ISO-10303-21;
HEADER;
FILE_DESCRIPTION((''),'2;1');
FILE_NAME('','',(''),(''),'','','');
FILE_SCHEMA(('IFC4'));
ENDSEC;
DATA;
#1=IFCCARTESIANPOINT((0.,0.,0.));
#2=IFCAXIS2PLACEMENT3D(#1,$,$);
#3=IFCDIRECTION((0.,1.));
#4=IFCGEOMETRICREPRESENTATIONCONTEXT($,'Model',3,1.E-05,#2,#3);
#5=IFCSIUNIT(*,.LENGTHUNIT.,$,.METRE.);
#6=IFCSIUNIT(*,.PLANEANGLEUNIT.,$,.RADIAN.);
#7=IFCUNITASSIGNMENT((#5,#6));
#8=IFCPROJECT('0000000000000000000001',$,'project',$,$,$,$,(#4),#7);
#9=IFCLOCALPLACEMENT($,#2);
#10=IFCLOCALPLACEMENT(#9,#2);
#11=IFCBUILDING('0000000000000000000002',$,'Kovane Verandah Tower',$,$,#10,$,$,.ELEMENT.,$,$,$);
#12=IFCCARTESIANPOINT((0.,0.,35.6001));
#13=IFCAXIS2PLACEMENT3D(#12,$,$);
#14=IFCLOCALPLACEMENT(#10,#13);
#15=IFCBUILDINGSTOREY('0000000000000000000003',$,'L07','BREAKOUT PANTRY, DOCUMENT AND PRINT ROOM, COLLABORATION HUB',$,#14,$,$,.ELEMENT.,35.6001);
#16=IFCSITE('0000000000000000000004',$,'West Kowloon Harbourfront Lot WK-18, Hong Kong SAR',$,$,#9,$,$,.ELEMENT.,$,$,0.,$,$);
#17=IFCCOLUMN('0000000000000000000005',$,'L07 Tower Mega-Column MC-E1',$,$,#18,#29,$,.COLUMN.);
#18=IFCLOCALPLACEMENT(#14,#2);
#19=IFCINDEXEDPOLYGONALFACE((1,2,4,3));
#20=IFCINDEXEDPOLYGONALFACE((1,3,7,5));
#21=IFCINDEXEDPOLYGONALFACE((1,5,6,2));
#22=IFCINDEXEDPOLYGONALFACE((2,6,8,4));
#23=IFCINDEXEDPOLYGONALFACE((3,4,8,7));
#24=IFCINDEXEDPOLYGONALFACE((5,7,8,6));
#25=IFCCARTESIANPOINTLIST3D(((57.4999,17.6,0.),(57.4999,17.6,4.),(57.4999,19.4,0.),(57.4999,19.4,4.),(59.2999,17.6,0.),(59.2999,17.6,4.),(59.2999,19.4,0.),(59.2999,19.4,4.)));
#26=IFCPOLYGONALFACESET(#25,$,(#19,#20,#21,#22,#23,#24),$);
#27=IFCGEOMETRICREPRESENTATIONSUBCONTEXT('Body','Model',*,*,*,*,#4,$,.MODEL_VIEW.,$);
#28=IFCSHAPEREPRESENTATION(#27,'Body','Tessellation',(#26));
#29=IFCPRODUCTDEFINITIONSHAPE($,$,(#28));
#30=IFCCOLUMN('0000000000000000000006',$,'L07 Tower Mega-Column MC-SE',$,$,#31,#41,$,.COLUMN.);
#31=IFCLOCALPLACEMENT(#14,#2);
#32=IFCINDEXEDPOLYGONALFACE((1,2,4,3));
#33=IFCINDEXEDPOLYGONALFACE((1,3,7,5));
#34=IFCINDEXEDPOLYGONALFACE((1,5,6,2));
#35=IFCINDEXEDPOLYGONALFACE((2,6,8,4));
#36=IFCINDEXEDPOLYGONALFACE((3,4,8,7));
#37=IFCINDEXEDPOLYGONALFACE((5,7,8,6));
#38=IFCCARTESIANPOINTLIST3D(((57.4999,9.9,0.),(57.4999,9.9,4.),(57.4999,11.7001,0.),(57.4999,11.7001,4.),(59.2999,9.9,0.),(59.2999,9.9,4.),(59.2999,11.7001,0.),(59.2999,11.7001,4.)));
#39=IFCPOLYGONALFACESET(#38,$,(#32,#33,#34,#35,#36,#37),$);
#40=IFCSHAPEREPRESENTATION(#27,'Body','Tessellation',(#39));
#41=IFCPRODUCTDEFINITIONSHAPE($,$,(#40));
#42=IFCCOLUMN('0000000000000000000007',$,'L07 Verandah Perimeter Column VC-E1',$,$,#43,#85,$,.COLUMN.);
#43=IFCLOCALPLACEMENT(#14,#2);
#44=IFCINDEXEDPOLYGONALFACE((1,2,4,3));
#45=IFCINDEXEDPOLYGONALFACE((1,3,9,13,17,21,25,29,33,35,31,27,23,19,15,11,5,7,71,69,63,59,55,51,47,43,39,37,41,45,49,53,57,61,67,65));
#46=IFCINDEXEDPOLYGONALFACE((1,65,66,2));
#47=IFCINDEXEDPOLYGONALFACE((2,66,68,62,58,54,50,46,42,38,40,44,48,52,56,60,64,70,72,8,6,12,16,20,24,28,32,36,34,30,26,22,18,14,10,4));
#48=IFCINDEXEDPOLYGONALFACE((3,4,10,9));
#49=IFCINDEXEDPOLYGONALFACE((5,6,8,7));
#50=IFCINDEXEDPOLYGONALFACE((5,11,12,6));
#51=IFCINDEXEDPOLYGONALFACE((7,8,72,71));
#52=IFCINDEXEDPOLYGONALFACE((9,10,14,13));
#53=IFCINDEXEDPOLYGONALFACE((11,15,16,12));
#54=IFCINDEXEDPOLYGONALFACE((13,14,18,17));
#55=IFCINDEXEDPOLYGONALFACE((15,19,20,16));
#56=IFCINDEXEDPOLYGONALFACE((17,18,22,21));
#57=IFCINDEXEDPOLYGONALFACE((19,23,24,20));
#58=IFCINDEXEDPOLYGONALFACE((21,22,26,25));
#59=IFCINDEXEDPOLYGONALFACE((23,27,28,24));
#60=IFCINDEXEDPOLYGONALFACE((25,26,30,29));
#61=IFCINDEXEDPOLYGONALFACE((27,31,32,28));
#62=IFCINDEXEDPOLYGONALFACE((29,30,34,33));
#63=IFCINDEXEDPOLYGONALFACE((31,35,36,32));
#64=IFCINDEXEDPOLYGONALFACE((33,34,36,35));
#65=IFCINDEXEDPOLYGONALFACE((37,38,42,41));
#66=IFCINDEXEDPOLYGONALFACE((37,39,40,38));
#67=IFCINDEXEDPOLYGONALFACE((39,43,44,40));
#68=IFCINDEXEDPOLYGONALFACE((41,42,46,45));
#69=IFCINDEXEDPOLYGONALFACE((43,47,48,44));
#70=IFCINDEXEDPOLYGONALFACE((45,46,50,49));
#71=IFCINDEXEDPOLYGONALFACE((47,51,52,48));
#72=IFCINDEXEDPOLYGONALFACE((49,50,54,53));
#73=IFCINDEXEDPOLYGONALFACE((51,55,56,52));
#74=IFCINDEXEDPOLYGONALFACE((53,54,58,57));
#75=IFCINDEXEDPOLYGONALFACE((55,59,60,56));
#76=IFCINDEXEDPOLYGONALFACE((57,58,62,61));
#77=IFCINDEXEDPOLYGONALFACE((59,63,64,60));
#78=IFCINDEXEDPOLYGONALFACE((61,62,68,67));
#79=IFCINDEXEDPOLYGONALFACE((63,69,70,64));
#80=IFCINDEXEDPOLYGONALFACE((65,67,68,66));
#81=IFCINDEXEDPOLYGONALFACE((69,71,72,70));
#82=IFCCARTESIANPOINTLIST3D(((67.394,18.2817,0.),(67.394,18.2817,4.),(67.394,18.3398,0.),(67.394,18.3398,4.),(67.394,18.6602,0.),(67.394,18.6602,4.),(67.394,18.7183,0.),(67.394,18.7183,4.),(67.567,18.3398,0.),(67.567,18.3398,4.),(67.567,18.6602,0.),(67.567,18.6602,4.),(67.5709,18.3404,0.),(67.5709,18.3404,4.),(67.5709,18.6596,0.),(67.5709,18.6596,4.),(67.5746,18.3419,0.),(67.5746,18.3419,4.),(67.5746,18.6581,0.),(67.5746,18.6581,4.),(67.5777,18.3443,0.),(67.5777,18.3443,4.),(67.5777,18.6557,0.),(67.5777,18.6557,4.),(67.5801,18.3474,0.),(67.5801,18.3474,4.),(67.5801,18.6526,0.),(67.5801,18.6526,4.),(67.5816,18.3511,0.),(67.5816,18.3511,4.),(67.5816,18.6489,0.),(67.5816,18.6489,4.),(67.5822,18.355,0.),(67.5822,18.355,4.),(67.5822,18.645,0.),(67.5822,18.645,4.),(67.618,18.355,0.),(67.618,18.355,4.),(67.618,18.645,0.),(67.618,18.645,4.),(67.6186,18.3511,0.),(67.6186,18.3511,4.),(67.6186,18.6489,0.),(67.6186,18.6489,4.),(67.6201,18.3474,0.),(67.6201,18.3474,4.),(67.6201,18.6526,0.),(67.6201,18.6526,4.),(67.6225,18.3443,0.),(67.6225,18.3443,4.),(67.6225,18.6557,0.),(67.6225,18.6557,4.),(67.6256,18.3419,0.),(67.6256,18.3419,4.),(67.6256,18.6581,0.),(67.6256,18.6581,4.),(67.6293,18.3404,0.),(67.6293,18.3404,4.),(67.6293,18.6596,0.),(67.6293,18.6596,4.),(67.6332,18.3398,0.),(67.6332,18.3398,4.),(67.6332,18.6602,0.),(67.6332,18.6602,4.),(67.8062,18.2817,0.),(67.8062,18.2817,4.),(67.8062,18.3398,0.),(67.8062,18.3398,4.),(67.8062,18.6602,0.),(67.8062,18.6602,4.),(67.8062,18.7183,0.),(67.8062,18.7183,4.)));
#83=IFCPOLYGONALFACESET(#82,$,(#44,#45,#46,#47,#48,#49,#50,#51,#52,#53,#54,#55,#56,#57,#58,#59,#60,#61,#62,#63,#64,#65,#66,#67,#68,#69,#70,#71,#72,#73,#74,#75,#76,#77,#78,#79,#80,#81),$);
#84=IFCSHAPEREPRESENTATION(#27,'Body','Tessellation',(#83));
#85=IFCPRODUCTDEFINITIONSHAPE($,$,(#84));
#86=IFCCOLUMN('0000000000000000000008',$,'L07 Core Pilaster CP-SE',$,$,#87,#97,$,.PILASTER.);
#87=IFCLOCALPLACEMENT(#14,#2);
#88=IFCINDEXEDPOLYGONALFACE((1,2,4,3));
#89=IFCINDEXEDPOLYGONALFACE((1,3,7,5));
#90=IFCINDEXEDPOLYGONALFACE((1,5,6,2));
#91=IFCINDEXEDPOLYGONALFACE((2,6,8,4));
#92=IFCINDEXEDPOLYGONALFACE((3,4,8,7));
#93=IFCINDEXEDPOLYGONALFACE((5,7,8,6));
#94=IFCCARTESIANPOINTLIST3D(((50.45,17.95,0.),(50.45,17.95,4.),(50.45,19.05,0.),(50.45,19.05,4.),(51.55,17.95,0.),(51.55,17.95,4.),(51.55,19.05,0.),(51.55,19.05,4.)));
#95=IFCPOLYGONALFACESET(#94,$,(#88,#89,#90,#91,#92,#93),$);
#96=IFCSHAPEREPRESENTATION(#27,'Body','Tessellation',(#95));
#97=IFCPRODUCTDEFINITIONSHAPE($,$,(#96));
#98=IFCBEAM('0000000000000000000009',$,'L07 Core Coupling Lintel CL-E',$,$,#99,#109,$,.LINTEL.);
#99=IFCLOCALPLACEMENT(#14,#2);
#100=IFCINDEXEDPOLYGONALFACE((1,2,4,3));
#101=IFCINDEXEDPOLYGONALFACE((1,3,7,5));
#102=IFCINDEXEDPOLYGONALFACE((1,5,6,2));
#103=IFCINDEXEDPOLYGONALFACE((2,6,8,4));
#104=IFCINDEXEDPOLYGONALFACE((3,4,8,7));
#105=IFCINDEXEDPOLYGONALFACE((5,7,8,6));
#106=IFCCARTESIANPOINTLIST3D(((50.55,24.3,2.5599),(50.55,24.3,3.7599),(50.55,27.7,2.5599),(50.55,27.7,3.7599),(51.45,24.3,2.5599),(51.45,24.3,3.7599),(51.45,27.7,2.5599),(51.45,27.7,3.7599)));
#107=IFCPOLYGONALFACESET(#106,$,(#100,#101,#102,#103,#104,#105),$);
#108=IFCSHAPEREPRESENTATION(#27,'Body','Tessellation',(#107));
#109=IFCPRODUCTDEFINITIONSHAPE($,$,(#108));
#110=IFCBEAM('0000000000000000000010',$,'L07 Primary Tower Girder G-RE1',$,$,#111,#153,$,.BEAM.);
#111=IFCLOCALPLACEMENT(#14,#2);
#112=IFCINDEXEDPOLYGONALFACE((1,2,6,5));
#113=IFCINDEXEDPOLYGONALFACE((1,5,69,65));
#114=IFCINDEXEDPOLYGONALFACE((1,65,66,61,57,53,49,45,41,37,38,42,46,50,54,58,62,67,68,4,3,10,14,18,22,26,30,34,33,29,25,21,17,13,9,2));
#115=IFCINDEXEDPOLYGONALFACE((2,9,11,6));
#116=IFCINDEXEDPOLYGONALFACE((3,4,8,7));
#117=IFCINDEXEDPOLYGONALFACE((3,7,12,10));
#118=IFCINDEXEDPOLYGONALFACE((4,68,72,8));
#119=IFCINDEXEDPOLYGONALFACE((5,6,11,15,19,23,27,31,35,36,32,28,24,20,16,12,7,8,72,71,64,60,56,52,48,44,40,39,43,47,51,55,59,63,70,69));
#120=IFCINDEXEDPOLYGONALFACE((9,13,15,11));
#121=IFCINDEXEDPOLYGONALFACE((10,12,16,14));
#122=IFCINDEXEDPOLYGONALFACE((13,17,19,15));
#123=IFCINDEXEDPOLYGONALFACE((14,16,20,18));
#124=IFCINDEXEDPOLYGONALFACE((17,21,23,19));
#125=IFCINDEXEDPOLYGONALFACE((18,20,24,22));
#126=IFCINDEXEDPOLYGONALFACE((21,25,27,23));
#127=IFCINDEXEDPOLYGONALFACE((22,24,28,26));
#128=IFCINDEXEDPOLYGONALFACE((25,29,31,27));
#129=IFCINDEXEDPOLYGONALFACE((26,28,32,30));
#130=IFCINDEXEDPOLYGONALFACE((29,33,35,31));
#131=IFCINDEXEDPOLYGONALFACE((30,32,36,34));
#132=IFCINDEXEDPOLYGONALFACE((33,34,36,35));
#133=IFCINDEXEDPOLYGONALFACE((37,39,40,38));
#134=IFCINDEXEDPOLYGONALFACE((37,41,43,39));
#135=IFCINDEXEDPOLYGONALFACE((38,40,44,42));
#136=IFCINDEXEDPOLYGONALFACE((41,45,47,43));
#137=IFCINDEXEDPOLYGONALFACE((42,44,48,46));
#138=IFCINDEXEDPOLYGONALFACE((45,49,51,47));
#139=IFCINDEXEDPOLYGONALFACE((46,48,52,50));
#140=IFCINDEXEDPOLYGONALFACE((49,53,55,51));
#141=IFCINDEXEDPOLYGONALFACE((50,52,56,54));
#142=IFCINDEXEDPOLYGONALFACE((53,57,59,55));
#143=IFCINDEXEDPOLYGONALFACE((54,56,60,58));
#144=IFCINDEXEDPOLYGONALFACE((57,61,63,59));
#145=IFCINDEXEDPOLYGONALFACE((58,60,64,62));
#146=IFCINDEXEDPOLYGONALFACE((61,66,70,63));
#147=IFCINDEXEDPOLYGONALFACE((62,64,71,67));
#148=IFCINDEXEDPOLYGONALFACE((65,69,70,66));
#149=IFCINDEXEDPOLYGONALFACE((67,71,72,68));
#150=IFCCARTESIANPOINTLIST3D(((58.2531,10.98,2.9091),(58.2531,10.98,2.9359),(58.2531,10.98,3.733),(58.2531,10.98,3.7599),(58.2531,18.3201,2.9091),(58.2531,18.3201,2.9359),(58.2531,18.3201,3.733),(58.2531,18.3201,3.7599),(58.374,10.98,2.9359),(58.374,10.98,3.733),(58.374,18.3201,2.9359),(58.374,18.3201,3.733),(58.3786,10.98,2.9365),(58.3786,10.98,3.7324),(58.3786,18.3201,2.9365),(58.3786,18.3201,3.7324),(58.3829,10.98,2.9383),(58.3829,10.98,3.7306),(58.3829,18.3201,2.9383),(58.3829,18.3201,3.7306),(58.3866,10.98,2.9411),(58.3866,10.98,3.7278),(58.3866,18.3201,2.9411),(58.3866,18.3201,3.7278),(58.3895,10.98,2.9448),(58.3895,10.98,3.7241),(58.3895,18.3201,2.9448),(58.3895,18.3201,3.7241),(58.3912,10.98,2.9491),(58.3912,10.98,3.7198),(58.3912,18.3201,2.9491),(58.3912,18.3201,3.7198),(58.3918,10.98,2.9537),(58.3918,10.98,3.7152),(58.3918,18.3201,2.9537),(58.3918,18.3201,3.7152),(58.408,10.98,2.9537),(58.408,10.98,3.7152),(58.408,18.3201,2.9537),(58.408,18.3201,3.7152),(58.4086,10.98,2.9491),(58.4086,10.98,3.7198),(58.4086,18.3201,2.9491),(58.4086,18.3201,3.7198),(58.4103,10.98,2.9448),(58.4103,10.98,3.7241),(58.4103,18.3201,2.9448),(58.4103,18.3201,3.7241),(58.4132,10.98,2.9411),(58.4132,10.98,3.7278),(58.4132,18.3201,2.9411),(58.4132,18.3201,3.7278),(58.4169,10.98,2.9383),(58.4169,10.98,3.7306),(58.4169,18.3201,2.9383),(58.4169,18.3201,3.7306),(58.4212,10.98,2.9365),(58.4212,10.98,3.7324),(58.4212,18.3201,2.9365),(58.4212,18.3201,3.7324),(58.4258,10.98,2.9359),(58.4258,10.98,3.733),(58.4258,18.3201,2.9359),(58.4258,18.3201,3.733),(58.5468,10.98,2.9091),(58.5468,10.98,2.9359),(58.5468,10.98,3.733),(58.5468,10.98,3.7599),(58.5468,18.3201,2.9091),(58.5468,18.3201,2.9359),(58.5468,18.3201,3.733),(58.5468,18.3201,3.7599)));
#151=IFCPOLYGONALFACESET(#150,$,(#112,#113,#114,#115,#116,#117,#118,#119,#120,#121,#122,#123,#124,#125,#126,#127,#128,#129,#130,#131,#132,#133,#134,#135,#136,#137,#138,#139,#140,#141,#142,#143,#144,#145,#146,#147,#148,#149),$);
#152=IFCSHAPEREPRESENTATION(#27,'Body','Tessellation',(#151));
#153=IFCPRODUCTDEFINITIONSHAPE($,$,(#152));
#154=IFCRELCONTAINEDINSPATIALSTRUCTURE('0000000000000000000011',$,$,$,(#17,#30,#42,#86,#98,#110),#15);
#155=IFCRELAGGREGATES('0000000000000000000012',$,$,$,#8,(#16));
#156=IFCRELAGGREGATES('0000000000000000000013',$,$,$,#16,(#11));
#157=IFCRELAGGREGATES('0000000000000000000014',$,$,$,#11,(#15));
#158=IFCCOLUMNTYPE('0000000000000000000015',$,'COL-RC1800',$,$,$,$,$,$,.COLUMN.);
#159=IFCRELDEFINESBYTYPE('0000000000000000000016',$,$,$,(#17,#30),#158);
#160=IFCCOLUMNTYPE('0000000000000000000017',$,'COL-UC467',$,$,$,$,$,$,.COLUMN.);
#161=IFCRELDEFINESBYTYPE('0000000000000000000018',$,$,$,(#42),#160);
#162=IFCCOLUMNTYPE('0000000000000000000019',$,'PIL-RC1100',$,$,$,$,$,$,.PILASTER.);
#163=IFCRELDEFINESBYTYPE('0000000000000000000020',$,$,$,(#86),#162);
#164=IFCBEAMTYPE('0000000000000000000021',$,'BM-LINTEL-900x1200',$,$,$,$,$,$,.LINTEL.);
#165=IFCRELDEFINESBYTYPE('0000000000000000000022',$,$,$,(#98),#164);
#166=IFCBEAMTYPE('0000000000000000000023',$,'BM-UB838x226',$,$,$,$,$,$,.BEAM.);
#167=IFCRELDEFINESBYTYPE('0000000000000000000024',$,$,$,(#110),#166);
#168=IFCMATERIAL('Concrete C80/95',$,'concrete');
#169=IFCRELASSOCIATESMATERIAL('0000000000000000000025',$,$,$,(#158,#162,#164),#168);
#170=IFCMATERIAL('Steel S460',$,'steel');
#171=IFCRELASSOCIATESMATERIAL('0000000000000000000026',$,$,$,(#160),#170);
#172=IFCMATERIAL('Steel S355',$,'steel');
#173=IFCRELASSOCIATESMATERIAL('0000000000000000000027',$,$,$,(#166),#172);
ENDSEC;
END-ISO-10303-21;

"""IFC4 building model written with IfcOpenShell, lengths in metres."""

from ifc_helpers import new_model, si_unit, direction, frame, origin, origin_2d, place, context, subcontext, project, spatial, rectangle, i_section, extrude, material, material_profile, profile_set, type_object, element, save


model = new_model("IFC4")

# Units and contexts
model_context = context("Model", 3, precision=1e-05, world=origin(), true_north=direction((0.0, 1.0)))
body_context = subcontext(model_context, "Body", "Model", "MODEL_VIEW")
ifc_project = project(units=[si_unit("LENGTHUNIT", "METRE"), si_unit("PLANEANGLEUNIT", "RADIAN")], contexts=[model_context])

# Site, building, storey
site_placement = place(None, origin())
site = spatial("IfcSite", under=ifc_project, at=site_placement, Name="West Kowloon Harbourfront Lot WK-18, Hong Kong SAR", CompositionType="ELEMENT", RefElevation=0.0)
building_placement = place(site_placement, origin())
building = spatial("IfcBuilding", under=site, at=building_placement, Name="Kovane Verandah Tower", CompositionType="ELEMENT")
storey_placement = place(building_placement, frame((0.0, 0.0, 35.6001)))
storey = spatial("IfcBuildingStorey", under=building, at=storey_placement, Name="L07", Description="BREAKOUT PANTRY, DOCUMENT AND PRINT ROOM, COLLABORATION HUB", CompositionType="ELEMENT", Elevation=35.6001)

# Columns
ifc_material_1 = material(Name="Concrete C80/95", Category="concrete")
ifc_material_profile_1 = material_profile(ifc_material_1, rectangle(XDim=1.8, YDim=1.8, at=origin_2d()), Name="RC1800x1800")
ifc_profile_set_1 = profile_set([ifc_material_profile_1], Name="Concrete C80/95")
column_type_1 = type_object("IfcColumnType", Name="COL-RC1800", PredefinedType="COLUMN", material=ifc_profile_set_1)
for number, where, z_axis, x_axis, name in (
    (1, (58.3999, 18.5, 0.0), (0.0, 0.0, 1.0), (1.0, 0.0, 0.0), "L07 Tower Mega-Column MC-E1"),
    (2, (58.3999, 10.8, 0.0), (0.0, 0.0, 1.0), (1.0, 0.0, 0.0), "L07 Tower Mega-Column MC-SE"),
):
    element("IfcColumn", number, at=place(storey_placement, frame(where, z_axis=z_axis, x_axis=x_axis)), inside=storey, type_object=column_type_1, Name=name, PredefinedType="COLUMN", context=body_context, shape_type="SweptSolid", body=[
        extrude(rectangle(XDim=1.8, YDim=1.8, at=origin_2d()), origin(), (0.0, 0.0, 1.0), 4.0),
    ])
ifc_material_2 = material(Name="Steel S460", Category="steel")
ifc_material_profile_2 = material_profile(ifc_material_2, i_section(OverallWidth=0.4121, OverallDepth=0.4365, WebThickness=0.0359, FlangeThickness=0.0581, FilletRadius=0.0151, at=origin_2d()), Name="UC356x406x467")
ifc_profile_set_2 = profile_set([ifc_material_profile_2], Name="Steel S460")
column_type_2 = type_object("IfcColumnType", Name="COL-UC467", PredefinedType="COLUMN", material=ifc_profile_set_2)
column_1_placement = place(storey_placement, frame((67.6001, 18.5, 0.0), z_axis=(0.0, 0.0, 1.0), x_axis=(1.0, 0.0, 0.0)))
element("IfcColumn", 3, at=column_1_placement, inside=storey, type_object=column_type_2, Name="L07 Verandah Perimeter Column VC-E1", PredefinedType="COLUMN", context=body_context, shape_type="SweptSolid", body=[
    extrude(i_section(OverallWidth=0.4121, OverallDepth=0.4365, WebThickness=0.0359, FlangeThickness=0.0581, FilletRadius=0.0151, at=origin_2d()), origin(), (0.0, 0.0, 1.0), 4.0),
])
ifc_material_profile_3 = material_profile(ifc_material_1, rectangle(XDim=1.1001, YDim=1.1001, at=origin_2d()), Name="RC1100x1100")
ifc_profile_set_3 = profile_set([ifc_material_profile_3], Name="Concrete C80/95")
column_type_3 = type_object("IfcColumnType", Name="PIL-RC1100", PredefinedType="PILASTER", material=ifc_profile_set_3)
column_2_placement = place(storey_placement, frame((51.0, 18.5, 0.0), z_axis=(0.0, 0.0, 1.0), x_axis=(1.0, 0.0, 0.0)))
element("IfcColumn", 4, at=column_2_placement, inside=storey, type_object=column_type_3, Name="L07 Core Pilaster CP-SE", PredefinedType="PILASTER", context=body_context, shape_type="SweptSolid", body=[
    extrude(rectangle(XDim=1.1001, YDim=1.1001, at=origin_2d()), origin(), (0.0, 0.0, 1.0), 4.0),
])

# Beams
ifc_material_profile_4 = material_profile(ifc_material_1, rectangle(XDim=0.8999, YDim=1.2, at=origin_2d()), Name="RCB900x1200")
ifc_profile_set_4 = profile_set([ifc_material_profile_4], Name="Concrete C80/95")
beam_type_1 = type_object("IfcBeamType", Name="BM-LINTEL-900x1200", PredefinedType="LINTEL", material=ifc_profile_set_4)
beam_1_placement = place(storey_placement, frame((51.0, 24.3, 3.1599), z_axis=(0.0, 1.0, 0.0), x_axis=(-1.0, 0.0, 0.0)))
element("IfcBeam", 5, at=beam_1_placement, inside=storey, type_object=beam_type_1, Name="L07 Core Coupling Lintel CL-E", PredefinedType="LINTEL", context=body_context, shape_type="SweptSolid", body=[
    extrude(rectangle(XDim=0.8999, YDim=1.2, at=origin_2d()), origin(), (0.0, 0.0, 1.0), 3.3999),
])
ifc_material_3 = material(Name="Steel S355", Category="steel")
ifc_material_profile_5 = material_profile(ifc_material_3, i_section(OverallWidth=0.2937, OverallDepth=0.8508, WebThickness=0.0161, FlangeThickness=0.0269, FilletRadius=0.0178, at=origin_2d()), Name="UB838x292x226")
ifc_profile_set_5 = profile_set([ifc_material_profile_5], Name="Steel S355")
beam_type_2 = type_object("IfcBeamType", Name="BM-UB838x226", PredefinedType="BEAM", material=ifc_profile_set_5)
beam_2_placement = place(storey_placement, frame((58.3999, 10.98, 3.3345), z_axis=(0.0, 1.0, 0.0), x_axis=(-1.0, 0.0, 0.0)))
element("IfcBeam", 6, at=beam_2_placement, inside=storey, type_object=beam_type_2, Name="L07 Primary Tower Girder G-RE1", PredefinedType="BEAM", context=body_context, shape_type="SweptSolid", body=[
    extrude(i_section(OverallWidth=0.2937, OverallDepth=0.8508, WebThickness=0.0161, FlangeThickness=0.0269, FilletRadius=0.0178, at=origin_2d()), origin(), (0.0, 0.0, 1.0), 7.3401),
])

save(model, "model.ifc")
